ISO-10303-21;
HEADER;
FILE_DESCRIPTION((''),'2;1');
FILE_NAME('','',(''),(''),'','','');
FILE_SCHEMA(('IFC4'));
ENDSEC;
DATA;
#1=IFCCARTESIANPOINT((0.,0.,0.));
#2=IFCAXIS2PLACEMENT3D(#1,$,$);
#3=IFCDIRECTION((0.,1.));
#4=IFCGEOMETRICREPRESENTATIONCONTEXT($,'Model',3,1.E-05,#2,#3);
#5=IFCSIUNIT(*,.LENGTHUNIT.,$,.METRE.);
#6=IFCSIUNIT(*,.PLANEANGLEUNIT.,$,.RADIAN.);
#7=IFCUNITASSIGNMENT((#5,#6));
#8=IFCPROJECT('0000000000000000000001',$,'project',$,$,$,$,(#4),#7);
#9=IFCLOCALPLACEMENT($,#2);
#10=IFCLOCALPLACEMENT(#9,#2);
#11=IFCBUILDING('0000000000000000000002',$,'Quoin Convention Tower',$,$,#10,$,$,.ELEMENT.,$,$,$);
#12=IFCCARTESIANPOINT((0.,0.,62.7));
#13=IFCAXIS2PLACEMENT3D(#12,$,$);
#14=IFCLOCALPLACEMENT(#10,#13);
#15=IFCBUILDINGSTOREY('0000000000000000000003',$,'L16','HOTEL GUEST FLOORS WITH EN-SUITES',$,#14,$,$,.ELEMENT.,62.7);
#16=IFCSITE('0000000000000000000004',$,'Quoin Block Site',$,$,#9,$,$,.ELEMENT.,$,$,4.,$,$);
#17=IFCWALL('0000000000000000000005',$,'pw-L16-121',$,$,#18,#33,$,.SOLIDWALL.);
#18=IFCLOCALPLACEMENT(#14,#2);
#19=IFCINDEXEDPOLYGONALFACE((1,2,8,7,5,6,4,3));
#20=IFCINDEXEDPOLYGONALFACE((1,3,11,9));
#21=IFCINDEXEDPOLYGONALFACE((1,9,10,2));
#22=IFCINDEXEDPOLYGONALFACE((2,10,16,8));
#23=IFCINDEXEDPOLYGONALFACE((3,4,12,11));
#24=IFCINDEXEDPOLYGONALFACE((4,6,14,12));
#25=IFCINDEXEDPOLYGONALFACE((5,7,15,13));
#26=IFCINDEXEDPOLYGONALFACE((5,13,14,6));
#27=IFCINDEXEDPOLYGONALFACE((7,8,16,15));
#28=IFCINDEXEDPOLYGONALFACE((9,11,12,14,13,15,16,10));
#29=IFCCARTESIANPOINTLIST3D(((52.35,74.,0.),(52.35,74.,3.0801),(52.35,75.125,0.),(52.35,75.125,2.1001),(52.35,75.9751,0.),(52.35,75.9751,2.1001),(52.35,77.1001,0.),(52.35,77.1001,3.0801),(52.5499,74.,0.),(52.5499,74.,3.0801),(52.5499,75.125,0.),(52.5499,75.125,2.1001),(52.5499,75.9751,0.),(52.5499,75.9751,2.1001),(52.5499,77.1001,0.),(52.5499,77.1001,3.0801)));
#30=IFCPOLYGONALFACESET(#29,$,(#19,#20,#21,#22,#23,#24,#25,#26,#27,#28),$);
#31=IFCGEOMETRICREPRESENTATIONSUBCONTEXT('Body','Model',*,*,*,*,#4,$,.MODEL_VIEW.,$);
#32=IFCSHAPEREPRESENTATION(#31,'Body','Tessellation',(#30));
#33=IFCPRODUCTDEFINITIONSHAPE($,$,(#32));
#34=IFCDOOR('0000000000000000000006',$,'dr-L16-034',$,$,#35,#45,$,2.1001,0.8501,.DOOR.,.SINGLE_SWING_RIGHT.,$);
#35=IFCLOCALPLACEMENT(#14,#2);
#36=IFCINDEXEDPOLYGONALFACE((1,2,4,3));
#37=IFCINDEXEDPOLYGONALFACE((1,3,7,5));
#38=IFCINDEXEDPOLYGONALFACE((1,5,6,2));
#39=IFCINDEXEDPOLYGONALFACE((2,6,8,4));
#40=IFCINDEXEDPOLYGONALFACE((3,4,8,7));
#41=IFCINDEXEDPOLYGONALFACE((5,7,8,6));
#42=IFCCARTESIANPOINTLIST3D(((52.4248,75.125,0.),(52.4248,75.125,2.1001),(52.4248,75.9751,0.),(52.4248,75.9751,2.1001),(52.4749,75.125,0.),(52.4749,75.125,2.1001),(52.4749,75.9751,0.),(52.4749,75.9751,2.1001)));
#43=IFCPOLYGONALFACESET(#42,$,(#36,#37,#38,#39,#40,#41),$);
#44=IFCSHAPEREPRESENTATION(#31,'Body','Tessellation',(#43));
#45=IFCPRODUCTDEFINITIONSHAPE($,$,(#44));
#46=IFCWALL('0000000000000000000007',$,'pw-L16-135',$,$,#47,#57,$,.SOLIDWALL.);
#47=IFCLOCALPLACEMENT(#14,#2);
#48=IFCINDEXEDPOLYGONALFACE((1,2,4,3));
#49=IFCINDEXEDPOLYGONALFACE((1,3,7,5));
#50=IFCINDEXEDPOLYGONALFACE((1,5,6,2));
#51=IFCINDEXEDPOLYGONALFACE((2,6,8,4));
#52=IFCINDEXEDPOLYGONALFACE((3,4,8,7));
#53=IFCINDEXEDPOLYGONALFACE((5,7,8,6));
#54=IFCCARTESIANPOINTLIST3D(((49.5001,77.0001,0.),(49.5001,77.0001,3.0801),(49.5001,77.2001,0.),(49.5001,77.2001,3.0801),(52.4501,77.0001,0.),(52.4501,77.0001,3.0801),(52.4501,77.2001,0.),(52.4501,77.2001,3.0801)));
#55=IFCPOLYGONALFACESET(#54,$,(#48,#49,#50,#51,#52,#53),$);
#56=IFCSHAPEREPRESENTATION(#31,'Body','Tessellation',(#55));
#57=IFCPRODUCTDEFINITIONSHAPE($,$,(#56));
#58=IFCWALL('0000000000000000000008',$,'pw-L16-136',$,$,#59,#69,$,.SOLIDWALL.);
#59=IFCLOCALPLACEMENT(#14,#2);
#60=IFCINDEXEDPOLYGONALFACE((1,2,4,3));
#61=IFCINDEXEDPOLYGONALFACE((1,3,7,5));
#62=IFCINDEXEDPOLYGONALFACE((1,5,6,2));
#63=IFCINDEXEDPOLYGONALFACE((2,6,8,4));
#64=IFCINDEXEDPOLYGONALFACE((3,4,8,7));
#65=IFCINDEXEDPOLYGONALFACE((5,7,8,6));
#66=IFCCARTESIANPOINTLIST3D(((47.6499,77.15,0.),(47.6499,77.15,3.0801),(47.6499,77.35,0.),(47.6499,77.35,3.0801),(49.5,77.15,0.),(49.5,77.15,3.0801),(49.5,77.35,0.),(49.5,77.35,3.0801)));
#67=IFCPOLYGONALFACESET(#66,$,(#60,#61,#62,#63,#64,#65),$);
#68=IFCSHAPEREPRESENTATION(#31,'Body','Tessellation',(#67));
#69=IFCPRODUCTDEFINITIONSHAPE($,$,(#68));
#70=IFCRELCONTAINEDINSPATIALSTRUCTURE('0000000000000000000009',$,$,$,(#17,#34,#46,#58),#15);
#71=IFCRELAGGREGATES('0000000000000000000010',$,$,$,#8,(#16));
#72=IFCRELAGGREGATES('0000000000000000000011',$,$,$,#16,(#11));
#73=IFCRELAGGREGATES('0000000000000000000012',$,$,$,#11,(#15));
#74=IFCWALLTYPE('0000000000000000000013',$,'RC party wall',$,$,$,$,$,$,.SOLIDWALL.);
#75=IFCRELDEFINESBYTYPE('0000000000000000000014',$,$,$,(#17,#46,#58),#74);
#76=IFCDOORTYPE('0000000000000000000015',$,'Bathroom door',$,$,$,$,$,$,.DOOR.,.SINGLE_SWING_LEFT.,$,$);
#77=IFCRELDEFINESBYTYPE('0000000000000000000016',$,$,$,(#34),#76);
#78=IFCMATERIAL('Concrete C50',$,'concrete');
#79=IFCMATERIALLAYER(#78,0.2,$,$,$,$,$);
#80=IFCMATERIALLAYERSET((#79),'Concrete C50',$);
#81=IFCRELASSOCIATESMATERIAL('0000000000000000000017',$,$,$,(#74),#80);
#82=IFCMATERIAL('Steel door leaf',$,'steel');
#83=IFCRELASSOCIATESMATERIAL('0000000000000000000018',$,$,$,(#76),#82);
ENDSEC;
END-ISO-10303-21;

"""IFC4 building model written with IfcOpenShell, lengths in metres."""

from ifc_helpers import new_model, si_unit, direction, frame, frame_2d, origin, place, context, subcontext, project, spatial, rectangle, extrude, material, layer, layer_set, type_object, element, fill, save


model = new_model("IFC4")

# Units and contexts
model_context = context("Model", 3, precision=1e-05, world=origin(), true_north=direction((0.0, 1.0)))
body_context = subcontext(model_context, "Body", "Model", "MODEL_VIEW")
ifc_project = project(units=[si_unit("LENGTHUNIT", "METRE"), si_unit("PLANEANGLEUNIT", "RADIAN")], contexts=[model_context])

# Site, building, storey
site_placement = place(None, origin())
site = spatial("IfcSite", under=ifc_project, at=site_placement, Name="Quoin Block Site", CompositionType="ELEMENT", RefElevation=4.0)
building_placement = place(site_placement, origin())
building = spatial("IfcBuilding", under=site, at=building_placement, Name="Quoin Convention Tower", CompositionType="ELEMENT")
storey_placement = place(building_placement, frame((0.0, 0.0, 62.7)))
storey = spatial("IfcBuildingStorey", under=building, at=storey_placement, Name="L16", Description="HOTEL GUEST FLOORS WITH EN-SUITES", CompositionType="ELEMENT", Elevation=62.7)

# Shared definitions
ifc_material_1 = material(Name="Steel door leaf", Category="steel")

# Shared definitions
ifc_material_2 = material(Name="Concrete C50", Category="concrete")

# Shared definitions
ifc_layer_1 = layer(ifc_material_2, 0.2)
ifc_layer_set_1 = layer_set([ifc_layer_1], Name="Concrete C50")
wall_type_1 = type_object("IfcWallType", Name="RC party wall", PredefinedType="SOLIDWALL", material=ifc_layer_set_1)
door_type_1 = type_object("IfcDoorType", Name="Bathroom door", OperationType="SINGLE_SWING_LEFT", PredefinedType="DOOR", material=ifc_material_1)

# Wall, opening, door
wall_1_placement = place(storey_placement, frame((52.45, 74.0, 0.0), z_axis=(0.0, 0.0, 1.0), x_axis=(0.0, 1.0, 0.0)))
wall_1 = element("IfcWall", 1, at=wall_1_placement, inside=storey, type_object=wall_type_1, Name="pw-L16-121", PredefinedType="SOLIDWALL", context=body_context, shape_type="SweptSolid", body=[
    extrude(rectangle(XDim=3.1001, YDim=0.2, at=frame_2d((1.55, 0.0))), origin(), (0.0, 0.0, 1.0), 3.0801),
])
opening_1_placement = place(wall_1_placement, frame((1.125, 0.0, 0.0)))
opening_1 = element("IfcOpeningElement", 2, at=opening_1_placement, cuts=wall_1, PredefinedType="OPENING", context=body_context, shape_type="SweptSolid", body=[
    extrude(rectangle(XDim=0.8501, YDim=2.1001, at=frame_2d((0.425, 1.05))), frame((0.0, 0.1099, 0.0), z_axis=(0.0, -1.0, 0.0), x_axis=(1.0, 0.0, 0.0)), (0.0, 0.0, 1.0), 0.22),
])
door_1_placement = place(opening_1_placement, frame((0.8501, 0.0, 0.0), z_axis=(0.0, 0.0, 1.0), x_axis=(-1.0, 0.0, 0.0)))
door_1 = element("IfcDoor", 3, at=door_1_placement, inside=storey, type_object=door_type_1, Name="dr-L16-034", OperationType="SINGLE_SWING_RIGHT", OverallHeight=2.1001, OverallWidth=0.8501, PredefinedType="DOOR", context=body_context, shape_type="SweptSolid", body=[
    extrude(rectangle(XDim=0.8501, YDim=2.1001, at=frame_2d((0.425, 1.05))), frame((0.0, 0.0249, 0.0), z_axis=(0.0, -1.0, 0.0), x_axis=(1.0, 0.0, 0.0)), (0.0, 0.0, 1.0), 0.05),
])
fill(opening_1, door_1)

# Walls
wall_2_placement = place(storey_placement, frame((49.5, 77.1001, 0.0), z_axis=(0.0, 0.0, 1.0), x_axis=(1.0, 0.0, 0.0)))
element("IfcWall", 4, at=wall_2_placement, inside=storey, type_object=wall_type_1, Name="pw-L16-135", PredefinedType="SOLIDWALL", context=body_context, shape_type="SweptSolid", body=[
    extrude(rectangle(XDim=2.95, YDim=0.2, at=frame_2d((1.4751, 0.0))), origin(), (0.0, 0.0, 1.0), 3.0801),
])
wall_3_placement = place(storey_placement, frame((47.6499, 77.25, 0.0), z_axis=(0.0, 0.0, 1.0), x_axis=(1.0, 0.0, 0.0)))
element("IfcWall", 5, at=wall_3_placement, inside=storey, type_object=wall_type_1, Name="pw-L16-136", PredefinedType="SOLIDWALL", context=body_context, shape_type="SweptSolid", body=[
    extrude(rectangle(XDim=1.8501, YDim=0.2, at=frame_2d((0.925, 0.0))), origin(), (0.0, 0.0, 1.0), 3.0801),
])

save(model, "model.ifc")
